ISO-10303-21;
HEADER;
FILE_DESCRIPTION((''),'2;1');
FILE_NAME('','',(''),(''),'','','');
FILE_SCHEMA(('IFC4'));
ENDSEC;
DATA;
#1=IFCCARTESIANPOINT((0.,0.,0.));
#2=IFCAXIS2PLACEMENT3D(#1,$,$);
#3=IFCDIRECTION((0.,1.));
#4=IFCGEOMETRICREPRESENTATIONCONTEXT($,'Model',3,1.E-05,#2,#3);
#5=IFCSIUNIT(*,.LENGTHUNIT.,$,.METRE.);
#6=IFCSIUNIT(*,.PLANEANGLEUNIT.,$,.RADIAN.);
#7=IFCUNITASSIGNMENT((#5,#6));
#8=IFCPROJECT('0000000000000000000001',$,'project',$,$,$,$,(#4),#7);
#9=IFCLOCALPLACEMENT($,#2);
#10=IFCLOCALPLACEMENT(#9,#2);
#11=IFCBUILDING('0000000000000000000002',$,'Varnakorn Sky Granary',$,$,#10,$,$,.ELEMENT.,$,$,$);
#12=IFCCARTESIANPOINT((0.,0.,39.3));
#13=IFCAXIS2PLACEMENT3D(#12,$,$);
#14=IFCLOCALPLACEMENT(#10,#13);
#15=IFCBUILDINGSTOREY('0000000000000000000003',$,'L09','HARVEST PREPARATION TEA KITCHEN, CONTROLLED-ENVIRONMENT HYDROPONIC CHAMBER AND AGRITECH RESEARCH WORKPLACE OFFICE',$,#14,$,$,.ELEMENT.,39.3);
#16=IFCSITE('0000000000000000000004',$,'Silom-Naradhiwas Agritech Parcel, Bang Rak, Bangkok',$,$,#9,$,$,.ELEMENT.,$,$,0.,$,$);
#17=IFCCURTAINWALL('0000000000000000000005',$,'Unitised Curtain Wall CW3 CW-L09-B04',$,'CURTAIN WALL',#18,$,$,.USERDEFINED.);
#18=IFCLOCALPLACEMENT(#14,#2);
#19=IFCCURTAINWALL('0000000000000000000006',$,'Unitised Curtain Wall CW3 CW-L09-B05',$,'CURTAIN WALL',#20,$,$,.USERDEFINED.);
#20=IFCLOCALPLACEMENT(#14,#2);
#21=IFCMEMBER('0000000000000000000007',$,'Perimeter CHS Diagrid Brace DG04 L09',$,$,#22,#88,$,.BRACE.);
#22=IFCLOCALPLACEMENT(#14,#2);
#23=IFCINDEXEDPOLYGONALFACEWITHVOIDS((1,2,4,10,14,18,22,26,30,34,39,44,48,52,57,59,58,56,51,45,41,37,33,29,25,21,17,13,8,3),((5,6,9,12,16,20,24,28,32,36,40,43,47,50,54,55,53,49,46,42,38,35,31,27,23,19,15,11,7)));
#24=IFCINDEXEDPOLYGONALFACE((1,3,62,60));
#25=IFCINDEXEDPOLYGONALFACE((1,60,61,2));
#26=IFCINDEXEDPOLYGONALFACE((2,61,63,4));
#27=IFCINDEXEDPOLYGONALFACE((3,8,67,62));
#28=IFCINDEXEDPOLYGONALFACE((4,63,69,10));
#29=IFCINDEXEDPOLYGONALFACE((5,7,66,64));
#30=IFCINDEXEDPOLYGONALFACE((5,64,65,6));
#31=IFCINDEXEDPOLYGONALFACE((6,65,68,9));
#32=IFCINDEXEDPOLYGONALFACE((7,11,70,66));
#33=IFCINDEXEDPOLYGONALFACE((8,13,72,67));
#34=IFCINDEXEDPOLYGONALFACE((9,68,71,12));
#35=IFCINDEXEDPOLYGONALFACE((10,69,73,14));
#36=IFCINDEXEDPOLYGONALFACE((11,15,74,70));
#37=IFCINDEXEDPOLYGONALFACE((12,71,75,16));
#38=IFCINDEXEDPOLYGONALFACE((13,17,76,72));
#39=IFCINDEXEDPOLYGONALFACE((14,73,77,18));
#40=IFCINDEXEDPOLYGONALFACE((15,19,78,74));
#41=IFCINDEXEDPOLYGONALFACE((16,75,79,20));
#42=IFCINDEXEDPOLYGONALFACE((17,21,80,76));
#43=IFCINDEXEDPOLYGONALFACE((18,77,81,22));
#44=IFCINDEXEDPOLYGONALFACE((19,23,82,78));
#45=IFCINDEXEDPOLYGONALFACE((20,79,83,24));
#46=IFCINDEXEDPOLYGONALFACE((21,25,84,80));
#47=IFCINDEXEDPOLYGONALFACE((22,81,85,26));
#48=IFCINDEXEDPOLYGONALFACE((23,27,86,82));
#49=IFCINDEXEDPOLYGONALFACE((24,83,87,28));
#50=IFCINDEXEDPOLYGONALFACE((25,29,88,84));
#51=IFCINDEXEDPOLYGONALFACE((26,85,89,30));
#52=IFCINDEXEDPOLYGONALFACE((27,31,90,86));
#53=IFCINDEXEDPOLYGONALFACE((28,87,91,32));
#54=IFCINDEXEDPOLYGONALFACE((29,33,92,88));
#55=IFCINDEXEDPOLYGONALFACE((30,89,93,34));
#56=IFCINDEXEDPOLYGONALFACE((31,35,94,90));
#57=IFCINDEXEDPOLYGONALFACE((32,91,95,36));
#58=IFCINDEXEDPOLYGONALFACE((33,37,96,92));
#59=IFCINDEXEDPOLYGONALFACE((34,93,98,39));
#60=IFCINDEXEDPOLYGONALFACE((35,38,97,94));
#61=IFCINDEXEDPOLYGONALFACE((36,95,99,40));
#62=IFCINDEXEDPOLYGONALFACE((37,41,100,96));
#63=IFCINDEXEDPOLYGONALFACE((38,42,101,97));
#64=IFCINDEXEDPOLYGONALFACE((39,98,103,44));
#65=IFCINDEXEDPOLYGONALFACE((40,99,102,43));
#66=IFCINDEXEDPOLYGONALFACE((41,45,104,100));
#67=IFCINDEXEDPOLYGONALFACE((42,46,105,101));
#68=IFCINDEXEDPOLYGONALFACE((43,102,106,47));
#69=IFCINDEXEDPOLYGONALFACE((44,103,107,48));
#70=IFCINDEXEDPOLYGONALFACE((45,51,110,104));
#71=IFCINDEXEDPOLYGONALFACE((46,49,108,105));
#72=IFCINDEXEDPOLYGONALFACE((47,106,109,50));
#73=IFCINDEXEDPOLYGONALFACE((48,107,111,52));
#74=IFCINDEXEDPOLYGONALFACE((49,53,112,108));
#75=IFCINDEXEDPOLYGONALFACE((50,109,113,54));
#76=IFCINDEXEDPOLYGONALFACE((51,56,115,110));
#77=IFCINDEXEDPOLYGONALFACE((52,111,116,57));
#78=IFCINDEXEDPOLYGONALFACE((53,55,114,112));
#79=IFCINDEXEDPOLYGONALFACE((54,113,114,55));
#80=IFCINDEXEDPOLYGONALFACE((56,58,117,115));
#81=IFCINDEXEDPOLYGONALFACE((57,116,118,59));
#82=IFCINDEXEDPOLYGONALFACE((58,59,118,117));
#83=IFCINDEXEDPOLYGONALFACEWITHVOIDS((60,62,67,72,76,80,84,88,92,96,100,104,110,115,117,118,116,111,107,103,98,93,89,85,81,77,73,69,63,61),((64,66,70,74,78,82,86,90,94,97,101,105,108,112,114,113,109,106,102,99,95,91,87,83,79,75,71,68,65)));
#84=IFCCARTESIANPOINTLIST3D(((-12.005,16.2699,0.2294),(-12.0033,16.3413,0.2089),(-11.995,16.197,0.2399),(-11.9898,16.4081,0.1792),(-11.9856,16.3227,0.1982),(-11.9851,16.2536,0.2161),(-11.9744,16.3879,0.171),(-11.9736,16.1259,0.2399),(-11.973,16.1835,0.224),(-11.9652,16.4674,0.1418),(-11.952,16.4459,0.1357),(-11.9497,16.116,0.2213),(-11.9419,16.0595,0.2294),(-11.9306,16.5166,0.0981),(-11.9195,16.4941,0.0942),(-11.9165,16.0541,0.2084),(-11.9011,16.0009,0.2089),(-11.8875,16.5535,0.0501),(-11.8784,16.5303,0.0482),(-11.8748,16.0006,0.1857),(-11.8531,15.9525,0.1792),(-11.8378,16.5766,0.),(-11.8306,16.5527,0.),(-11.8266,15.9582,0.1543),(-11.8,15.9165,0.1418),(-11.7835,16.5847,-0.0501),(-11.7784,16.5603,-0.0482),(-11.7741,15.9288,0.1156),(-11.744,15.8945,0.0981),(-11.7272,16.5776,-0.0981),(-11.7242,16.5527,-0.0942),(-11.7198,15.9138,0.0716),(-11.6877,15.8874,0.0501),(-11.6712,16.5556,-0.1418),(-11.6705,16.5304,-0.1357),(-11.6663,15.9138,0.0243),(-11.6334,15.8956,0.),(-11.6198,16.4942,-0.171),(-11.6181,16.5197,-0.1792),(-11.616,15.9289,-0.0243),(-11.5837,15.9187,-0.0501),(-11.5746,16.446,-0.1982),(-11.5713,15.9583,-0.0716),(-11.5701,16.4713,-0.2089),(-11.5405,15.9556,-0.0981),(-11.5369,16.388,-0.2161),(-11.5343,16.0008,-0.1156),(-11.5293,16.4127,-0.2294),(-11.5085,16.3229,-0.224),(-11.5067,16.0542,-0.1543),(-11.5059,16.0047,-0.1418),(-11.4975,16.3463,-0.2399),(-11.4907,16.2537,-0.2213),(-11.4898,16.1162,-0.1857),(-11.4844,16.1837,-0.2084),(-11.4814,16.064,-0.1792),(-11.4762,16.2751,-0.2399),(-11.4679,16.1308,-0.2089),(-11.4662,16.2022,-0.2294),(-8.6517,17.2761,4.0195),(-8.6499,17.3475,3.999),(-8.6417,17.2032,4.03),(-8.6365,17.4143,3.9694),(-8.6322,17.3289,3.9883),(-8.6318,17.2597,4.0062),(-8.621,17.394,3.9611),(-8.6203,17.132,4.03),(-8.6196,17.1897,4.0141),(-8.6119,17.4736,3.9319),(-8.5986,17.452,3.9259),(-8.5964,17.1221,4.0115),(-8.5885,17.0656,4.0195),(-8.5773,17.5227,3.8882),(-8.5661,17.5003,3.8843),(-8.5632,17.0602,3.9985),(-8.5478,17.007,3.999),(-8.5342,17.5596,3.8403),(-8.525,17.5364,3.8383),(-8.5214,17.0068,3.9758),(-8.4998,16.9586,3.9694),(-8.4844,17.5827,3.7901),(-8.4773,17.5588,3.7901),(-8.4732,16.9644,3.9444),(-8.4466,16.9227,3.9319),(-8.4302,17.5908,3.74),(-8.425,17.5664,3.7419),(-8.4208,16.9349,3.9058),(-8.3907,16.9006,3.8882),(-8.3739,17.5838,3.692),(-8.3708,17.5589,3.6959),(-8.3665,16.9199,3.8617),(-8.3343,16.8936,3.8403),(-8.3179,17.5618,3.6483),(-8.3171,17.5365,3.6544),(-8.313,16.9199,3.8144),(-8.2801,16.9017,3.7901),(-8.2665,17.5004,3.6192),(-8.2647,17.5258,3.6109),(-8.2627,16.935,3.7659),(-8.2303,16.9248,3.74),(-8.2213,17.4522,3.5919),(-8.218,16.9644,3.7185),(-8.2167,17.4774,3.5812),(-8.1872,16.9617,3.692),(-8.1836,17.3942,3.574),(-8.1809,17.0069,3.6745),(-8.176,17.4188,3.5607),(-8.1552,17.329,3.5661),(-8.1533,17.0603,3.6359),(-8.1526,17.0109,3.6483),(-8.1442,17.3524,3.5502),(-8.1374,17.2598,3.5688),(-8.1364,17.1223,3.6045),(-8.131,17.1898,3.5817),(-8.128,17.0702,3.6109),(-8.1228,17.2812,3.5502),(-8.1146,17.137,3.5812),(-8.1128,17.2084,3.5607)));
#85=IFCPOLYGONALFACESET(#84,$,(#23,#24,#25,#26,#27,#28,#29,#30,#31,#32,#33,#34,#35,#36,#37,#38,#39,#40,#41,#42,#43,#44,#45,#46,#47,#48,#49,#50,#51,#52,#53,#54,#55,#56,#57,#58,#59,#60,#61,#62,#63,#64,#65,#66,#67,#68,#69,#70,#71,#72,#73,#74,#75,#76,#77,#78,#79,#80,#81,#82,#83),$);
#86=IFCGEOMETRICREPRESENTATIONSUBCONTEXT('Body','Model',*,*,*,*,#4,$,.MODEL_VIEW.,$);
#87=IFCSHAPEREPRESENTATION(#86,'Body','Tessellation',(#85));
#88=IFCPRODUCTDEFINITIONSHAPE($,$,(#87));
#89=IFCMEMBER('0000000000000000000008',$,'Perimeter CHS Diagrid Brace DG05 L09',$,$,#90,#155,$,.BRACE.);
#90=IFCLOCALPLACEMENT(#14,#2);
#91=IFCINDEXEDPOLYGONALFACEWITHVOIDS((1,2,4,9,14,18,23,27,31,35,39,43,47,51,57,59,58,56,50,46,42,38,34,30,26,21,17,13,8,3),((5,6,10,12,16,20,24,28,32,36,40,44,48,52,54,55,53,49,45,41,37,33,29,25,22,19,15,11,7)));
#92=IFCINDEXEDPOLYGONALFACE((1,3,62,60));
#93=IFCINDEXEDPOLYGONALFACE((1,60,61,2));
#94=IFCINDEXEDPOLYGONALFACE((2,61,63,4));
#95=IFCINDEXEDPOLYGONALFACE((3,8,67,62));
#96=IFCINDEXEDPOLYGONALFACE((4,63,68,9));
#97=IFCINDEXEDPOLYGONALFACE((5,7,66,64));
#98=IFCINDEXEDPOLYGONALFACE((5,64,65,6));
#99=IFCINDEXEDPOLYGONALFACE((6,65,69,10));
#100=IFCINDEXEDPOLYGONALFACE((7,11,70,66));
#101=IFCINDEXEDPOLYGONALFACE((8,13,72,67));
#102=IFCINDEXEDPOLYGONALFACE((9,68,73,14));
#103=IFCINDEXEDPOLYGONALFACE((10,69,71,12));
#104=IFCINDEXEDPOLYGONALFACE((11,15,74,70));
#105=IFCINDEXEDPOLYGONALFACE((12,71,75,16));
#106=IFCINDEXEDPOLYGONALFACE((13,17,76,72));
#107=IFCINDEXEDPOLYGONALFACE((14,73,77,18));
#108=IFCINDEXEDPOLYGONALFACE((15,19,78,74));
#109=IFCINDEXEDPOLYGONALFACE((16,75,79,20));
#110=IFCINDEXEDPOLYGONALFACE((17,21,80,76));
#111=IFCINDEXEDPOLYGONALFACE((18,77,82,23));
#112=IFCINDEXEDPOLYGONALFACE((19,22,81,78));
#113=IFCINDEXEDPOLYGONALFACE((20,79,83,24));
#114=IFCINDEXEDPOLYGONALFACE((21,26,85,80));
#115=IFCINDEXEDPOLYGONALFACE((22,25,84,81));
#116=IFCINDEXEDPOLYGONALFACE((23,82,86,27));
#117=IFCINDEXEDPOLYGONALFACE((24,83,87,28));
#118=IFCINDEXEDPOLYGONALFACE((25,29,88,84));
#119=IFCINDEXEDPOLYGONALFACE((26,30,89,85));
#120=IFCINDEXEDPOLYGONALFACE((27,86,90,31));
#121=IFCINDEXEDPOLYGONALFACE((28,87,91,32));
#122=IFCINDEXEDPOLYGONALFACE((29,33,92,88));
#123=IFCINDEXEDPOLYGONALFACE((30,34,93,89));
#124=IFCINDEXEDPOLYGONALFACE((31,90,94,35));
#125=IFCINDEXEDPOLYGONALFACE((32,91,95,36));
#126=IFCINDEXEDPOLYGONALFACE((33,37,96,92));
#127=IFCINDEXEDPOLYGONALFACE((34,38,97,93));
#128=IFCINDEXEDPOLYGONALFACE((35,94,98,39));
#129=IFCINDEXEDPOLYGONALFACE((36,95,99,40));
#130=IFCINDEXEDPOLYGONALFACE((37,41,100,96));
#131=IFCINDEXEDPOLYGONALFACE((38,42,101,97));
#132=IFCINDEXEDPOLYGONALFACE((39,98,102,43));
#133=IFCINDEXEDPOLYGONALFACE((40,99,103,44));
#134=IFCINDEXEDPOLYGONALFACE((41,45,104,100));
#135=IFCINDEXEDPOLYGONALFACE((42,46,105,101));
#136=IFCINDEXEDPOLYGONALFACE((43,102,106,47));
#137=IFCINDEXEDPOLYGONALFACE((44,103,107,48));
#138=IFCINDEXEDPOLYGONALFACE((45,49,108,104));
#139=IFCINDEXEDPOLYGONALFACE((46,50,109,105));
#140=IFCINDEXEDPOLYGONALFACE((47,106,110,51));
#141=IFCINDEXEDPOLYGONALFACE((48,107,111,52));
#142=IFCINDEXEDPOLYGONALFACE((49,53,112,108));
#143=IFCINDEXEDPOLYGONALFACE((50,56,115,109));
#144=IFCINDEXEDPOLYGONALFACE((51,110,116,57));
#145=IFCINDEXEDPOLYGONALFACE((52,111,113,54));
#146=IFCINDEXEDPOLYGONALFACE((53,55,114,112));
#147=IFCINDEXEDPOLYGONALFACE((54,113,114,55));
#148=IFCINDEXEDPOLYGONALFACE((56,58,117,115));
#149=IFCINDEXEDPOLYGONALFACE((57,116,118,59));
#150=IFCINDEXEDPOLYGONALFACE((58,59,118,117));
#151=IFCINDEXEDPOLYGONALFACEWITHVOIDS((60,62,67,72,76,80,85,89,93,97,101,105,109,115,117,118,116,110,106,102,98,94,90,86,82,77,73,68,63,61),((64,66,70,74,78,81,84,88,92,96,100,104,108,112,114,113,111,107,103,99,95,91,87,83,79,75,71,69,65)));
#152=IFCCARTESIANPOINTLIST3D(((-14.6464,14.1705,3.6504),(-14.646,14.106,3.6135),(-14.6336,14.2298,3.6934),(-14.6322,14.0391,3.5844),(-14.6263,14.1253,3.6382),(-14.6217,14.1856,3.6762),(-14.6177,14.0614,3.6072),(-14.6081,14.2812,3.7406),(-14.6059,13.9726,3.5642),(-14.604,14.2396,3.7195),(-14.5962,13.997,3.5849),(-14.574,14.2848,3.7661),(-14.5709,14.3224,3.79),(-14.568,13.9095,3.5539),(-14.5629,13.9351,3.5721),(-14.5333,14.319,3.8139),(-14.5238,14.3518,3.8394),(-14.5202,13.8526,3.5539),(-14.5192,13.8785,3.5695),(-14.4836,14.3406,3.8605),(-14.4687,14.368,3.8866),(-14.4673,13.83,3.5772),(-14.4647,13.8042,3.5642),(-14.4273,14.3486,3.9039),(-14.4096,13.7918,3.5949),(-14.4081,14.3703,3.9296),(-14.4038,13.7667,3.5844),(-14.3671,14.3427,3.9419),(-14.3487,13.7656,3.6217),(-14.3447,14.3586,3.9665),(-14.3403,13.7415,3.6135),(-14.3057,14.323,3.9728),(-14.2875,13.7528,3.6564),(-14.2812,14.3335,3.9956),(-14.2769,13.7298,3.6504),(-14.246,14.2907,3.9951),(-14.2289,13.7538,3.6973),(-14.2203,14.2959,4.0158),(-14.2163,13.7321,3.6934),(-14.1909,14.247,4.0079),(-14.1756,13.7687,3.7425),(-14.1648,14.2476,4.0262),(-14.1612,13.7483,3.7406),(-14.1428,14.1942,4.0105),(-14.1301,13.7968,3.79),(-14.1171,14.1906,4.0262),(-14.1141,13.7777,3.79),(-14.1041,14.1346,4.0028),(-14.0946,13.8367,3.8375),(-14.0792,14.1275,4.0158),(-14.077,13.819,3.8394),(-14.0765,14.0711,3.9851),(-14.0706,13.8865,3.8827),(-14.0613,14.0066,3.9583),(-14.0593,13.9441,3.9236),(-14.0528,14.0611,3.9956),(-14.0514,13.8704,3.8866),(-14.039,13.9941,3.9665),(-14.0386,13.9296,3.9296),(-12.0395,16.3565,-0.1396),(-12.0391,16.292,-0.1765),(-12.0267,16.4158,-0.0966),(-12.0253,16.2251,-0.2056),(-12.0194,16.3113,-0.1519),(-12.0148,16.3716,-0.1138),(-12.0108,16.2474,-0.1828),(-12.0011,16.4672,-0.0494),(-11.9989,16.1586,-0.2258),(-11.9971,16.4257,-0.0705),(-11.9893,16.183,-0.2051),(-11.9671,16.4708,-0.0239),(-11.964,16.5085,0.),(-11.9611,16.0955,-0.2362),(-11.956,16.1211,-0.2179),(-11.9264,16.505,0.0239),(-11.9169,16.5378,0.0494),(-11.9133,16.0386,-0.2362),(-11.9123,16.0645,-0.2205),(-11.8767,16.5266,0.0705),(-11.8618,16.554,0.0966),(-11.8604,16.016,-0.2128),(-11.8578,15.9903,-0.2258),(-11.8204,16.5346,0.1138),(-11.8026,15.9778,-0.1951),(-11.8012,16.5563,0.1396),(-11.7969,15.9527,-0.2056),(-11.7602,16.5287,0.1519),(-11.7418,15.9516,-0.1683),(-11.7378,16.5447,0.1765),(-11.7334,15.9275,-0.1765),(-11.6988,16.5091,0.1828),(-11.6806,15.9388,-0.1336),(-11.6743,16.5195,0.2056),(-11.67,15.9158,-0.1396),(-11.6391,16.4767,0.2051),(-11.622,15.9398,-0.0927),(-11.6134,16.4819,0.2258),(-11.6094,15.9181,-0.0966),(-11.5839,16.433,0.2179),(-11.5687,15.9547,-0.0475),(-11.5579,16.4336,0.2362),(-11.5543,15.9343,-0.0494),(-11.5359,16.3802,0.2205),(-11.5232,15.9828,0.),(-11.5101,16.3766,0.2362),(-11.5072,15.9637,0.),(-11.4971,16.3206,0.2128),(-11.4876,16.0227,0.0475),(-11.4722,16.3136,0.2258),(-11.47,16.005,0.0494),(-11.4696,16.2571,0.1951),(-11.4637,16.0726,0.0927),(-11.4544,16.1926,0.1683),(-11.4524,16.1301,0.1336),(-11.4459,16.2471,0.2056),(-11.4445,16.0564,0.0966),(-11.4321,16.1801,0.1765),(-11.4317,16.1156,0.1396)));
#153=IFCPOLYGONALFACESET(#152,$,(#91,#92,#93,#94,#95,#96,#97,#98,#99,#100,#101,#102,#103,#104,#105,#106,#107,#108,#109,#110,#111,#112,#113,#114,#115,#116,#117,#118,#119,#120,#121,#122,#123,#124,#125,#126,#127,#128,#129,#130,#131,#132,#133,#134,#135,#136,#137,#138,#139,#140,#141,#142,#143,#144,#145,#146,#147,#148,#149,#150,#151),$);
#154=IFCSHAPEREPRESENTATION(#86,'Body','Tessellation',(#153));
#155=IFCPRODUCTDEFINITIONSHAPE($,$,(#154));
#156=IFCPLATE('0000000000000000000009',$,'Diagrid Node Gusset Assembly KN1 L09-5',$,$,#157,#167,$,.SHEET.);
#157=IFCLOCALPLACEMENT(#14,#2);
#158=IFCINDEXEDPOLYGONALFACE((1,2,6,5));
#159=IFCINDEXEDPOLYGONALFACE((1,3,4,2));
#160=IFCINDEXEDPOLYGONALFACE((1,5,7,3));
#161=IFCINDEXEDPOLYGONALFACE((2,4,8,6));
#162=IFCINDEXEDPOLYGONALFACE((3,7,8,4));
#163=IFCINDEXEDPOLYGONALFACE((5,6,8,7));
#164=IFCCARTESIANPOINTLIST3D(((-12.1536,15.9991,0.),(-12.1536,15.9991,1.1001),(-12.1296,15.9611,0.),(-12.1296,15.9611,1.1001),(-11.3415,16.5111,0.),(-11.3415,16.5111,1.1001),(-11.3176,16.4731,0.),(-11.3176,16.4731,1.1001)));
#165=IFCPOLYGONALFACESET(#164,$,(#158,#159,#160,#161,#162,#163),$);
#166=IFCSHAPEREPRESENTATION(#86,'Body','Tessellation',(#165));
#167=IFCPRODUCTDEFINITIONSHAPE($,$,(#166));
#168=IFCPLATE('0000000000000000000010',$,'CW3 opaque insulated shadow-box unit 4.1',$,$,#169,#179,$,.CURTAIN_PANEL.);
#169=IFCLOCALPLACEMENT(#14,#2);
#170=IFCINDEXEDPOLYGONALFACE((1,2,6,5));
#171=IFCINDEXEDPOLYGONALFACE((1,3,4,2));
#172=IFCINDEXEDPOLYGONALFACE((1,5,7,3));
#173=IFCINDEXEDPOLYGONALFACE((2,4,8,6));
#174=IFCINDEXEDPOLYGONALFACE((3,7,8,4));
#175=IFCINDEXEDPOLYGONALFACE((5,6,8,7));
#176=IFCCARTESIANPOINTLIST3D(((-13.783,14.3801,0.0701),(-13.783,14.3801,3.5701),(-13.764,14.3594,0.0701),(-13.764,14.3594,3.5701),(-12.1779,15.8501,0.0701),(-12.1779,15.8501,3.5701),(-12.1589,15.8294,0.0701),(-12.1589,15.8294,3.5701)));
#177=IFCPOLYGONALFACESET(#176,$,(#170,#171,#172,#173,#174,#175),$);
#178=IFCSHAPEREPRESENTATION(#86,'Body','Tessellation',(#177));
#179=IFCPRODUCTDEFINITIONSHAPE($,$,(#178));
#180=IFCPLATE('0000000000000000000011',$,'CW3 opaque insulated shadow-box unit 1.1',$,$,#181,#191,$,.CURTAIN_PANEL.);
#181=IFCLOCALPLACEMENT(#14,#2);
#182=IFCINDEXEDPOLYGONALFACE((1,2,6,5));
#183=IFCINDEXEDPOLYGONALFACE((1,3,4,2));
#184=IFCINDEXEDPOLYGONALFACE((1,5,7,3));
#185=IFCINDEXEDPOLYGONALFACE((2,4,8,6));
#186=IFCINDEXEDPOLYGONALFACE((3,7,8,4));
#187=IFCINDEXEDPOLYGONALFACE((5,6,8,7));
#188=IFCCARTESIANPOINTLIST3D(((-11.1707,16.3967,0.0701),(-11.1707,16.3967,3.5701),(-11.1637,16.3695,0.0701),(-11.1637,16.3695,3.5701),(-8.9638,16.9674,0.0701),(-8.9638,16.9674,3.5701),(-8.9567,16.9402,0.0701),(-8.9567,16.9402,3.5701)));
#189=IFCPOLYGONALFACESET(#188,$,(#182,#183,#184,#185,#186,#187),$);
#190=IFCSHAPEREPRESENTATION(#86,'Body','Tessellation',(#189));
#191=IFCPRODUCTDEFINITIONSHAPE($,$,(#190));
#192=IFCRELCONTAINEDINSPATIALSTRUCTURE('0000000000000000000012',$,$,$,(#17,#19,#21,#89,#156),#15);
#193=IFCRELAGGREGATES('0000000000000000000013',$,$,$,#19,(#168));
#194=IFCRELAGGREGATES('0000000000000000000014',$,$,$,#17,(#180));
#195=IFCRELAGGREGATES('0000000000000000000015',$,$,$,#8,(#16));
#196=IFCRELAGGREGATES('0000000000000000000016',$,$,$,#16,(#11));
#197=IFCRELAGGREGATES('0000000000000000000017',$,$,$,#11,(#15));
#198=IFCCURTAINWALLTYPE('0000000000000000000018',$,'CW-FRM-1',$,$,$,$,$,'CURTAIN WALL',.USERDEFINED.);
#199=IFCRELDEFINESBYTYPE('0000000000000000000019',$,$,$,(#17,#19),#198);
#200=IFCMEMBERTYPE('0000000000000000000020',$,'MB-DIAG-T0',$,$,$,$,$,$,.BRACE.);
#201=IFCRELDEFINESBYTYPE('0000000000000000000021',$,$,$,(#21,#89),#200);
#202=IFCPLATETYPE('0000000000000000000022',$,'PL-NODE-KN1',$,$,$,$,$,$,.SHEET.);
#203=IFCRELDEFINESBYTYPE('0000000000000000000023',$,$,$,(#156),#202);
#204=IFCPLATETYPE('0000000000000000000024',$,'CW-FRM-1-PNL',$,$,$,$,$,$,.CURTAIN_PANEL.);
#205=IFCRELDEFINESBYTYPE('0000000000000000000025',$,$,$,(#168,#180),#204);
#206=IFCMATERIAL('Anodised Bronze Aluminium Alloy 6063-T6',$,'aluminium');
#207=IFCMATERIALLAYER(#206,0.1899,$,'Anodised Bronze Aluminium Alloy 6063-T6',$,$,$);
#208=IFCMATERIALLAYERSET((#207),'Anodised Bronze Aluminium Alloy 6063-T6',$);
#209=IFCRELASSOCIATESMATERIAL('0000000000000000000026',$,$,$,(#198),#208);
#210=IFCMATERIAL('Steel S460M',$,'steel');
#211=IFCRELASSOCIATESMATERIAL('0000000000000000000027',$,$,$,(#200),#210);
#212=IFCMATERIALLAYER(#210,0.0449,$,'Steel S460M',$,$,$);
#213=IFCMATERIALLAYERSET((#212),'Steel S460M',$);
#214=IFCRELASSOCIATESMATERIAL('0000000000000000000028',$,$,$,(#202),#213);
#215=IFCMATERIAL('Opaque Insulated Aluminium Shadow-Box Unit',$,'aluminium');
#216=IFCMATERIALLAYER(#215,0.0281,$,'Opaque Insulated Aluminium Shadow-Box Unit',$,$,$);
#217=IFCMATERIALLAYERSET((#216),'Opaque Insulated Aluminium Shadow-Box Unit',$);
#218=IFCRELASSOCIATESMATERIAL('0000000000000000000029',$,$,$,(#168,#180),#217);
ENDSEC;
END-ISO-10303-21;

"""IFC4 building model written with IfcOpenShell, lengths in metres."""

from ifc_helpers import new_model, si_unit, direction, frame, origin, origin_2d, place, context, subcontext, project, spatial, rectangle, hollow_circle, extrude, source, transform, mapped, material, layer, layer_set, material_profile, profile_set, type_object, element, aggregate, save


model = new_model("IFC4")

# Units and contexts
model_context = context("Model", 3, precision=1e-05, world=origin(), true_north=direction((0.0, 1.0)))
body_context = subcontext(model_context, "Body", "Model", "MODEL_VIEW")
ifc_project = project(units=[si_unit("LENGTHUNIT", "METRE"), si_unit("PLANEANGLEUNIT", "RADIAN")], contexts=[model_context])

# Site, building, storey
site_placement = place(None, origin())
site = spatial("IfcSite", under=ifc_project, at=site_placement, Name="Silom-Naradhiwas Agritech Parcel, Bang Rak, Bangkok", CompositionType="ELEMENT", RefElevation=0.0)
building_placement = place(site_placement, origin())
building = spatial("IfcBuilding", under=site, at=building_placement, Name="Varnakorn Sky Granary", CompositionType="ELEMENT")
storey_placement = place(building_placement, frame((0.0, 0.0, 39.3)))
storey = spatial("IfcBuildingStorey", under=building, at=storey_placement, Name="L09", Description="HARVEST PREPARATION TEA KITCHEN, CONTROLLED-ENVIRONMENT HYDROPONIC CHAMBER AND AGRITECH RESEARCH WORKPLACE OFFICE", CompositionType="ELEMENT", Elevation=39.3)

# Shared definitions
ifc_material_1 = material(Name="Steel S460M", Category="steel")

# Curtain walls
ifc_material_2 = material(Name="Anodised Bronze Aluminium Alloy 6063-T6", Category="aluminium")
ifc_layer_1 = layer(ifc_material_2, 0.1899, Name="Anodised Bronze Aluminium Alloy 6063-T6")
ifc_layer_set_1 = layer_set([ifc_layer_1], Name="Anodised Bronze Aluminium Alloy 6063-T6")
curtain_wall_type = type_object("IfcCurtainWallType", Name="CW-FRM-1", ElementType="CURTAIN WALL", PredefinedType="USERDEFINED", material=ifc_layer_set_1)
curtain_wall_1_placement = place(storey_placement, origin())
curtain_wall_1 = element("IfcCurtainWall", 1, at=curtain_wall_1_placement, inside=storey, type_object=curtain_wall_type, Name="Unitised Curtain Wall CW3 CW-L09-B04", ObjectType="CURTAIN WALL", PredefinedType="USERDEFINED")
curtain_wall_2_placement = place(storey_placement, origin())
curtain_wall_2 = element("IfcCurtainWall", 2, at=curtain_wall_2_placement, inside=storey, type_object=curtain_wall_type, Name="Unitised Curtain Wall CW3 CW-L09-B05", ObjectType="CURTAIN WALL", PredefinedType="USERDEFINED")

# Members
ifc_material_profile_1 = material_profile(ifc_material_1, hollow_circle(Radius=0.3555, WallThickness=0.0249, at=origin_2d()), Name="CHS 711x25")
ifc_profile_set_1 = profile_set([ifc_material_profile_1], Name="Steel S460M")
member_type_1 = type_object("IfcMemberType", Name="MB-DIAG-T0", PredefinedType="BRACE", material=ifc_profile_set_1)
member_1_placement = place(storey_placement, frame((-11.7356, 16.2361, 0.0), z_axis=(0.649914, 0.194998, 0.734566), x_axis=(-0.28738, 0.957817, 0.0)))
element("IfcMember", 3, at=member_1_placement, inside=storey, type_object=member_type_1, Name="Perimeter CHS Diagrid Brace DG04 L09", PredefinedType="BRACE", context=body_context, shape_type="SweptSolid", body=[
    extrude(hollow_circle(Radius=0.3555, WallThickness=0.0249, at=origin_2d()), origin(), (0.0, 0.0, 1.0), 5.1597),
])
member_2_placement = place(storey_placement, frame((-11.7356, 16.2361, 0.0), z_axis=(-0.51186, -0.429219, 0.744158), x_axis=(0.642539, -0.766253, 0.0)))
element("IfcMember", 4, at=member_2_placement, inside=storey, type_object=member_type_1, Name="Perimeter CHS Diagrid Brace DG05 L09", PredefinedType="BRACE", context=body_context, shape_type="SweptSolid", body=[
    extrude(hollow_circle(Radius=0.3555, WallThickness=0.0249, at=origin_2d()), origin(), (0.0, 0.0, 1.0), 5.093),
])

# Plates
ifc_layer_2 = layer(ifc_material_1, 0.0449, Name="Steel S460M")
ifc_layer_set_2 = layer_set([ifc_layer_2], Name="Steel S460M")
plate_type_1 = type_object("IfcPlateType", Name="PL-NODE-KN1", PredefinedType="SHEET", material=ifc_layer_set_2)
plate_1_placement = place(storey_placement, frame((-11.7356, 16.2361, 0.0), z_axis=(0.0, 0.0, 1.0), x_axis=(-0.845934, -0.533287, 0.0)))
element("IfcPlate", 5, at=plate_1_placement, inside=storey, type_object=plate_type_1, Name="Diagrid Node Gusset Assembly KN1 L09-5", PredefinedType="SHEET", context=body_context, shape_type="SweptSolid", body=[
    extrude(rectangle(XDim=0.96, YDim=0.0449, at=origin_2d()), origin(), (0.0, 0.0, 1.0), 1.1001),
])
ifc_material_3 = material(Name="Opaque Insulated Aluminium Shadow-Box Unit", Category="aluminium")
ifc_layer_3 = layer(ifc_material_3, 0.0281, Name="Opaque Insulated Aluminium Shadow-Box Unit")
ifc_layer_set_3 = layer_set([ifc_layer_3], Name="Opaque Insulated Aluminium Shadow-Box Unit")
plate_type_2 = type_object("IfcPlateType", Name="CW-FRM-1-PNL", PredefinedType="CURTAIN_PANEL")
shared_shape_1 = source(origin(), body_context, "Body", "SweptSolid", [
    extrude(rectangle(XDim=2.1765, YDim=0.0281, at=origin_2d()), origin(), (0.0, 0.0, 1.0), 3.5),
])
plate_2_placement = place(storey_placement, frame((-12.9709, 15.1047, 0.0701), z_axis=(0.0, 0.0, 1.0), x_axis=(0.737462, 0.675389, 0.0)))
plate_2 = element("IfcPlate", 6, at=plate_2_placement, type_object=plate_type_2, material=ifc_layer_set_3, Name="CW3 opaque insulated shadow-box unit 4.1", PredefinedType="CURTAIN_PANEL", context=body_context, shape_type="MappedRepresentation", body=[
    mapped(shared_shape_1, transform((0.0, 0.0, 0.0), x_axis=(1.0, 0.0, 0.0), y_axis=(0.0, 1.0, 0.0), z_axis=(0.0, 0.0, 1.0), scale=1.0)),
])
aggregate(curtain_wall_2, [plate_2])
shared_shape_2 = source(origin(), body_context, "Body", "SweptSolid", [
    extrude(rectangle(XDim=2.2795, YDim=0.0281, at=origin_2d()), origin(), (0.0, 0.0, 1.0), 3.5),
])
plate_3_placement = place(storey_placement, frame((-10.0637, 16.6685, 0.0701), z_axis=(0.0, 0.0, 1.0), x_axis=(0.968153, 0.25036, 0.0)))
plate_3 = element("IfcPlate", 7, at=plate_3_placement, type_object=plate_type_2, material=ifc_layer_set_3, Name="CW3 opaque insulated shadow-box unit 1.1", PredefinedType="CURTAIN_PANEL", context=body_context, shape_type="MappedRepresentation", body=[
    mapped(shared_shape_2, transform((0.0, 0.0, 0.0), x_axis=(1.0, 0.0, 0.0), y_axis=(0.0, 1.0, 0.0), z_axis=(0.0, 0.0, 1.0), scale=1.0)),
])
aggregate(curtain_wall_1, [plate_3])

save(model, "model.ifc")
